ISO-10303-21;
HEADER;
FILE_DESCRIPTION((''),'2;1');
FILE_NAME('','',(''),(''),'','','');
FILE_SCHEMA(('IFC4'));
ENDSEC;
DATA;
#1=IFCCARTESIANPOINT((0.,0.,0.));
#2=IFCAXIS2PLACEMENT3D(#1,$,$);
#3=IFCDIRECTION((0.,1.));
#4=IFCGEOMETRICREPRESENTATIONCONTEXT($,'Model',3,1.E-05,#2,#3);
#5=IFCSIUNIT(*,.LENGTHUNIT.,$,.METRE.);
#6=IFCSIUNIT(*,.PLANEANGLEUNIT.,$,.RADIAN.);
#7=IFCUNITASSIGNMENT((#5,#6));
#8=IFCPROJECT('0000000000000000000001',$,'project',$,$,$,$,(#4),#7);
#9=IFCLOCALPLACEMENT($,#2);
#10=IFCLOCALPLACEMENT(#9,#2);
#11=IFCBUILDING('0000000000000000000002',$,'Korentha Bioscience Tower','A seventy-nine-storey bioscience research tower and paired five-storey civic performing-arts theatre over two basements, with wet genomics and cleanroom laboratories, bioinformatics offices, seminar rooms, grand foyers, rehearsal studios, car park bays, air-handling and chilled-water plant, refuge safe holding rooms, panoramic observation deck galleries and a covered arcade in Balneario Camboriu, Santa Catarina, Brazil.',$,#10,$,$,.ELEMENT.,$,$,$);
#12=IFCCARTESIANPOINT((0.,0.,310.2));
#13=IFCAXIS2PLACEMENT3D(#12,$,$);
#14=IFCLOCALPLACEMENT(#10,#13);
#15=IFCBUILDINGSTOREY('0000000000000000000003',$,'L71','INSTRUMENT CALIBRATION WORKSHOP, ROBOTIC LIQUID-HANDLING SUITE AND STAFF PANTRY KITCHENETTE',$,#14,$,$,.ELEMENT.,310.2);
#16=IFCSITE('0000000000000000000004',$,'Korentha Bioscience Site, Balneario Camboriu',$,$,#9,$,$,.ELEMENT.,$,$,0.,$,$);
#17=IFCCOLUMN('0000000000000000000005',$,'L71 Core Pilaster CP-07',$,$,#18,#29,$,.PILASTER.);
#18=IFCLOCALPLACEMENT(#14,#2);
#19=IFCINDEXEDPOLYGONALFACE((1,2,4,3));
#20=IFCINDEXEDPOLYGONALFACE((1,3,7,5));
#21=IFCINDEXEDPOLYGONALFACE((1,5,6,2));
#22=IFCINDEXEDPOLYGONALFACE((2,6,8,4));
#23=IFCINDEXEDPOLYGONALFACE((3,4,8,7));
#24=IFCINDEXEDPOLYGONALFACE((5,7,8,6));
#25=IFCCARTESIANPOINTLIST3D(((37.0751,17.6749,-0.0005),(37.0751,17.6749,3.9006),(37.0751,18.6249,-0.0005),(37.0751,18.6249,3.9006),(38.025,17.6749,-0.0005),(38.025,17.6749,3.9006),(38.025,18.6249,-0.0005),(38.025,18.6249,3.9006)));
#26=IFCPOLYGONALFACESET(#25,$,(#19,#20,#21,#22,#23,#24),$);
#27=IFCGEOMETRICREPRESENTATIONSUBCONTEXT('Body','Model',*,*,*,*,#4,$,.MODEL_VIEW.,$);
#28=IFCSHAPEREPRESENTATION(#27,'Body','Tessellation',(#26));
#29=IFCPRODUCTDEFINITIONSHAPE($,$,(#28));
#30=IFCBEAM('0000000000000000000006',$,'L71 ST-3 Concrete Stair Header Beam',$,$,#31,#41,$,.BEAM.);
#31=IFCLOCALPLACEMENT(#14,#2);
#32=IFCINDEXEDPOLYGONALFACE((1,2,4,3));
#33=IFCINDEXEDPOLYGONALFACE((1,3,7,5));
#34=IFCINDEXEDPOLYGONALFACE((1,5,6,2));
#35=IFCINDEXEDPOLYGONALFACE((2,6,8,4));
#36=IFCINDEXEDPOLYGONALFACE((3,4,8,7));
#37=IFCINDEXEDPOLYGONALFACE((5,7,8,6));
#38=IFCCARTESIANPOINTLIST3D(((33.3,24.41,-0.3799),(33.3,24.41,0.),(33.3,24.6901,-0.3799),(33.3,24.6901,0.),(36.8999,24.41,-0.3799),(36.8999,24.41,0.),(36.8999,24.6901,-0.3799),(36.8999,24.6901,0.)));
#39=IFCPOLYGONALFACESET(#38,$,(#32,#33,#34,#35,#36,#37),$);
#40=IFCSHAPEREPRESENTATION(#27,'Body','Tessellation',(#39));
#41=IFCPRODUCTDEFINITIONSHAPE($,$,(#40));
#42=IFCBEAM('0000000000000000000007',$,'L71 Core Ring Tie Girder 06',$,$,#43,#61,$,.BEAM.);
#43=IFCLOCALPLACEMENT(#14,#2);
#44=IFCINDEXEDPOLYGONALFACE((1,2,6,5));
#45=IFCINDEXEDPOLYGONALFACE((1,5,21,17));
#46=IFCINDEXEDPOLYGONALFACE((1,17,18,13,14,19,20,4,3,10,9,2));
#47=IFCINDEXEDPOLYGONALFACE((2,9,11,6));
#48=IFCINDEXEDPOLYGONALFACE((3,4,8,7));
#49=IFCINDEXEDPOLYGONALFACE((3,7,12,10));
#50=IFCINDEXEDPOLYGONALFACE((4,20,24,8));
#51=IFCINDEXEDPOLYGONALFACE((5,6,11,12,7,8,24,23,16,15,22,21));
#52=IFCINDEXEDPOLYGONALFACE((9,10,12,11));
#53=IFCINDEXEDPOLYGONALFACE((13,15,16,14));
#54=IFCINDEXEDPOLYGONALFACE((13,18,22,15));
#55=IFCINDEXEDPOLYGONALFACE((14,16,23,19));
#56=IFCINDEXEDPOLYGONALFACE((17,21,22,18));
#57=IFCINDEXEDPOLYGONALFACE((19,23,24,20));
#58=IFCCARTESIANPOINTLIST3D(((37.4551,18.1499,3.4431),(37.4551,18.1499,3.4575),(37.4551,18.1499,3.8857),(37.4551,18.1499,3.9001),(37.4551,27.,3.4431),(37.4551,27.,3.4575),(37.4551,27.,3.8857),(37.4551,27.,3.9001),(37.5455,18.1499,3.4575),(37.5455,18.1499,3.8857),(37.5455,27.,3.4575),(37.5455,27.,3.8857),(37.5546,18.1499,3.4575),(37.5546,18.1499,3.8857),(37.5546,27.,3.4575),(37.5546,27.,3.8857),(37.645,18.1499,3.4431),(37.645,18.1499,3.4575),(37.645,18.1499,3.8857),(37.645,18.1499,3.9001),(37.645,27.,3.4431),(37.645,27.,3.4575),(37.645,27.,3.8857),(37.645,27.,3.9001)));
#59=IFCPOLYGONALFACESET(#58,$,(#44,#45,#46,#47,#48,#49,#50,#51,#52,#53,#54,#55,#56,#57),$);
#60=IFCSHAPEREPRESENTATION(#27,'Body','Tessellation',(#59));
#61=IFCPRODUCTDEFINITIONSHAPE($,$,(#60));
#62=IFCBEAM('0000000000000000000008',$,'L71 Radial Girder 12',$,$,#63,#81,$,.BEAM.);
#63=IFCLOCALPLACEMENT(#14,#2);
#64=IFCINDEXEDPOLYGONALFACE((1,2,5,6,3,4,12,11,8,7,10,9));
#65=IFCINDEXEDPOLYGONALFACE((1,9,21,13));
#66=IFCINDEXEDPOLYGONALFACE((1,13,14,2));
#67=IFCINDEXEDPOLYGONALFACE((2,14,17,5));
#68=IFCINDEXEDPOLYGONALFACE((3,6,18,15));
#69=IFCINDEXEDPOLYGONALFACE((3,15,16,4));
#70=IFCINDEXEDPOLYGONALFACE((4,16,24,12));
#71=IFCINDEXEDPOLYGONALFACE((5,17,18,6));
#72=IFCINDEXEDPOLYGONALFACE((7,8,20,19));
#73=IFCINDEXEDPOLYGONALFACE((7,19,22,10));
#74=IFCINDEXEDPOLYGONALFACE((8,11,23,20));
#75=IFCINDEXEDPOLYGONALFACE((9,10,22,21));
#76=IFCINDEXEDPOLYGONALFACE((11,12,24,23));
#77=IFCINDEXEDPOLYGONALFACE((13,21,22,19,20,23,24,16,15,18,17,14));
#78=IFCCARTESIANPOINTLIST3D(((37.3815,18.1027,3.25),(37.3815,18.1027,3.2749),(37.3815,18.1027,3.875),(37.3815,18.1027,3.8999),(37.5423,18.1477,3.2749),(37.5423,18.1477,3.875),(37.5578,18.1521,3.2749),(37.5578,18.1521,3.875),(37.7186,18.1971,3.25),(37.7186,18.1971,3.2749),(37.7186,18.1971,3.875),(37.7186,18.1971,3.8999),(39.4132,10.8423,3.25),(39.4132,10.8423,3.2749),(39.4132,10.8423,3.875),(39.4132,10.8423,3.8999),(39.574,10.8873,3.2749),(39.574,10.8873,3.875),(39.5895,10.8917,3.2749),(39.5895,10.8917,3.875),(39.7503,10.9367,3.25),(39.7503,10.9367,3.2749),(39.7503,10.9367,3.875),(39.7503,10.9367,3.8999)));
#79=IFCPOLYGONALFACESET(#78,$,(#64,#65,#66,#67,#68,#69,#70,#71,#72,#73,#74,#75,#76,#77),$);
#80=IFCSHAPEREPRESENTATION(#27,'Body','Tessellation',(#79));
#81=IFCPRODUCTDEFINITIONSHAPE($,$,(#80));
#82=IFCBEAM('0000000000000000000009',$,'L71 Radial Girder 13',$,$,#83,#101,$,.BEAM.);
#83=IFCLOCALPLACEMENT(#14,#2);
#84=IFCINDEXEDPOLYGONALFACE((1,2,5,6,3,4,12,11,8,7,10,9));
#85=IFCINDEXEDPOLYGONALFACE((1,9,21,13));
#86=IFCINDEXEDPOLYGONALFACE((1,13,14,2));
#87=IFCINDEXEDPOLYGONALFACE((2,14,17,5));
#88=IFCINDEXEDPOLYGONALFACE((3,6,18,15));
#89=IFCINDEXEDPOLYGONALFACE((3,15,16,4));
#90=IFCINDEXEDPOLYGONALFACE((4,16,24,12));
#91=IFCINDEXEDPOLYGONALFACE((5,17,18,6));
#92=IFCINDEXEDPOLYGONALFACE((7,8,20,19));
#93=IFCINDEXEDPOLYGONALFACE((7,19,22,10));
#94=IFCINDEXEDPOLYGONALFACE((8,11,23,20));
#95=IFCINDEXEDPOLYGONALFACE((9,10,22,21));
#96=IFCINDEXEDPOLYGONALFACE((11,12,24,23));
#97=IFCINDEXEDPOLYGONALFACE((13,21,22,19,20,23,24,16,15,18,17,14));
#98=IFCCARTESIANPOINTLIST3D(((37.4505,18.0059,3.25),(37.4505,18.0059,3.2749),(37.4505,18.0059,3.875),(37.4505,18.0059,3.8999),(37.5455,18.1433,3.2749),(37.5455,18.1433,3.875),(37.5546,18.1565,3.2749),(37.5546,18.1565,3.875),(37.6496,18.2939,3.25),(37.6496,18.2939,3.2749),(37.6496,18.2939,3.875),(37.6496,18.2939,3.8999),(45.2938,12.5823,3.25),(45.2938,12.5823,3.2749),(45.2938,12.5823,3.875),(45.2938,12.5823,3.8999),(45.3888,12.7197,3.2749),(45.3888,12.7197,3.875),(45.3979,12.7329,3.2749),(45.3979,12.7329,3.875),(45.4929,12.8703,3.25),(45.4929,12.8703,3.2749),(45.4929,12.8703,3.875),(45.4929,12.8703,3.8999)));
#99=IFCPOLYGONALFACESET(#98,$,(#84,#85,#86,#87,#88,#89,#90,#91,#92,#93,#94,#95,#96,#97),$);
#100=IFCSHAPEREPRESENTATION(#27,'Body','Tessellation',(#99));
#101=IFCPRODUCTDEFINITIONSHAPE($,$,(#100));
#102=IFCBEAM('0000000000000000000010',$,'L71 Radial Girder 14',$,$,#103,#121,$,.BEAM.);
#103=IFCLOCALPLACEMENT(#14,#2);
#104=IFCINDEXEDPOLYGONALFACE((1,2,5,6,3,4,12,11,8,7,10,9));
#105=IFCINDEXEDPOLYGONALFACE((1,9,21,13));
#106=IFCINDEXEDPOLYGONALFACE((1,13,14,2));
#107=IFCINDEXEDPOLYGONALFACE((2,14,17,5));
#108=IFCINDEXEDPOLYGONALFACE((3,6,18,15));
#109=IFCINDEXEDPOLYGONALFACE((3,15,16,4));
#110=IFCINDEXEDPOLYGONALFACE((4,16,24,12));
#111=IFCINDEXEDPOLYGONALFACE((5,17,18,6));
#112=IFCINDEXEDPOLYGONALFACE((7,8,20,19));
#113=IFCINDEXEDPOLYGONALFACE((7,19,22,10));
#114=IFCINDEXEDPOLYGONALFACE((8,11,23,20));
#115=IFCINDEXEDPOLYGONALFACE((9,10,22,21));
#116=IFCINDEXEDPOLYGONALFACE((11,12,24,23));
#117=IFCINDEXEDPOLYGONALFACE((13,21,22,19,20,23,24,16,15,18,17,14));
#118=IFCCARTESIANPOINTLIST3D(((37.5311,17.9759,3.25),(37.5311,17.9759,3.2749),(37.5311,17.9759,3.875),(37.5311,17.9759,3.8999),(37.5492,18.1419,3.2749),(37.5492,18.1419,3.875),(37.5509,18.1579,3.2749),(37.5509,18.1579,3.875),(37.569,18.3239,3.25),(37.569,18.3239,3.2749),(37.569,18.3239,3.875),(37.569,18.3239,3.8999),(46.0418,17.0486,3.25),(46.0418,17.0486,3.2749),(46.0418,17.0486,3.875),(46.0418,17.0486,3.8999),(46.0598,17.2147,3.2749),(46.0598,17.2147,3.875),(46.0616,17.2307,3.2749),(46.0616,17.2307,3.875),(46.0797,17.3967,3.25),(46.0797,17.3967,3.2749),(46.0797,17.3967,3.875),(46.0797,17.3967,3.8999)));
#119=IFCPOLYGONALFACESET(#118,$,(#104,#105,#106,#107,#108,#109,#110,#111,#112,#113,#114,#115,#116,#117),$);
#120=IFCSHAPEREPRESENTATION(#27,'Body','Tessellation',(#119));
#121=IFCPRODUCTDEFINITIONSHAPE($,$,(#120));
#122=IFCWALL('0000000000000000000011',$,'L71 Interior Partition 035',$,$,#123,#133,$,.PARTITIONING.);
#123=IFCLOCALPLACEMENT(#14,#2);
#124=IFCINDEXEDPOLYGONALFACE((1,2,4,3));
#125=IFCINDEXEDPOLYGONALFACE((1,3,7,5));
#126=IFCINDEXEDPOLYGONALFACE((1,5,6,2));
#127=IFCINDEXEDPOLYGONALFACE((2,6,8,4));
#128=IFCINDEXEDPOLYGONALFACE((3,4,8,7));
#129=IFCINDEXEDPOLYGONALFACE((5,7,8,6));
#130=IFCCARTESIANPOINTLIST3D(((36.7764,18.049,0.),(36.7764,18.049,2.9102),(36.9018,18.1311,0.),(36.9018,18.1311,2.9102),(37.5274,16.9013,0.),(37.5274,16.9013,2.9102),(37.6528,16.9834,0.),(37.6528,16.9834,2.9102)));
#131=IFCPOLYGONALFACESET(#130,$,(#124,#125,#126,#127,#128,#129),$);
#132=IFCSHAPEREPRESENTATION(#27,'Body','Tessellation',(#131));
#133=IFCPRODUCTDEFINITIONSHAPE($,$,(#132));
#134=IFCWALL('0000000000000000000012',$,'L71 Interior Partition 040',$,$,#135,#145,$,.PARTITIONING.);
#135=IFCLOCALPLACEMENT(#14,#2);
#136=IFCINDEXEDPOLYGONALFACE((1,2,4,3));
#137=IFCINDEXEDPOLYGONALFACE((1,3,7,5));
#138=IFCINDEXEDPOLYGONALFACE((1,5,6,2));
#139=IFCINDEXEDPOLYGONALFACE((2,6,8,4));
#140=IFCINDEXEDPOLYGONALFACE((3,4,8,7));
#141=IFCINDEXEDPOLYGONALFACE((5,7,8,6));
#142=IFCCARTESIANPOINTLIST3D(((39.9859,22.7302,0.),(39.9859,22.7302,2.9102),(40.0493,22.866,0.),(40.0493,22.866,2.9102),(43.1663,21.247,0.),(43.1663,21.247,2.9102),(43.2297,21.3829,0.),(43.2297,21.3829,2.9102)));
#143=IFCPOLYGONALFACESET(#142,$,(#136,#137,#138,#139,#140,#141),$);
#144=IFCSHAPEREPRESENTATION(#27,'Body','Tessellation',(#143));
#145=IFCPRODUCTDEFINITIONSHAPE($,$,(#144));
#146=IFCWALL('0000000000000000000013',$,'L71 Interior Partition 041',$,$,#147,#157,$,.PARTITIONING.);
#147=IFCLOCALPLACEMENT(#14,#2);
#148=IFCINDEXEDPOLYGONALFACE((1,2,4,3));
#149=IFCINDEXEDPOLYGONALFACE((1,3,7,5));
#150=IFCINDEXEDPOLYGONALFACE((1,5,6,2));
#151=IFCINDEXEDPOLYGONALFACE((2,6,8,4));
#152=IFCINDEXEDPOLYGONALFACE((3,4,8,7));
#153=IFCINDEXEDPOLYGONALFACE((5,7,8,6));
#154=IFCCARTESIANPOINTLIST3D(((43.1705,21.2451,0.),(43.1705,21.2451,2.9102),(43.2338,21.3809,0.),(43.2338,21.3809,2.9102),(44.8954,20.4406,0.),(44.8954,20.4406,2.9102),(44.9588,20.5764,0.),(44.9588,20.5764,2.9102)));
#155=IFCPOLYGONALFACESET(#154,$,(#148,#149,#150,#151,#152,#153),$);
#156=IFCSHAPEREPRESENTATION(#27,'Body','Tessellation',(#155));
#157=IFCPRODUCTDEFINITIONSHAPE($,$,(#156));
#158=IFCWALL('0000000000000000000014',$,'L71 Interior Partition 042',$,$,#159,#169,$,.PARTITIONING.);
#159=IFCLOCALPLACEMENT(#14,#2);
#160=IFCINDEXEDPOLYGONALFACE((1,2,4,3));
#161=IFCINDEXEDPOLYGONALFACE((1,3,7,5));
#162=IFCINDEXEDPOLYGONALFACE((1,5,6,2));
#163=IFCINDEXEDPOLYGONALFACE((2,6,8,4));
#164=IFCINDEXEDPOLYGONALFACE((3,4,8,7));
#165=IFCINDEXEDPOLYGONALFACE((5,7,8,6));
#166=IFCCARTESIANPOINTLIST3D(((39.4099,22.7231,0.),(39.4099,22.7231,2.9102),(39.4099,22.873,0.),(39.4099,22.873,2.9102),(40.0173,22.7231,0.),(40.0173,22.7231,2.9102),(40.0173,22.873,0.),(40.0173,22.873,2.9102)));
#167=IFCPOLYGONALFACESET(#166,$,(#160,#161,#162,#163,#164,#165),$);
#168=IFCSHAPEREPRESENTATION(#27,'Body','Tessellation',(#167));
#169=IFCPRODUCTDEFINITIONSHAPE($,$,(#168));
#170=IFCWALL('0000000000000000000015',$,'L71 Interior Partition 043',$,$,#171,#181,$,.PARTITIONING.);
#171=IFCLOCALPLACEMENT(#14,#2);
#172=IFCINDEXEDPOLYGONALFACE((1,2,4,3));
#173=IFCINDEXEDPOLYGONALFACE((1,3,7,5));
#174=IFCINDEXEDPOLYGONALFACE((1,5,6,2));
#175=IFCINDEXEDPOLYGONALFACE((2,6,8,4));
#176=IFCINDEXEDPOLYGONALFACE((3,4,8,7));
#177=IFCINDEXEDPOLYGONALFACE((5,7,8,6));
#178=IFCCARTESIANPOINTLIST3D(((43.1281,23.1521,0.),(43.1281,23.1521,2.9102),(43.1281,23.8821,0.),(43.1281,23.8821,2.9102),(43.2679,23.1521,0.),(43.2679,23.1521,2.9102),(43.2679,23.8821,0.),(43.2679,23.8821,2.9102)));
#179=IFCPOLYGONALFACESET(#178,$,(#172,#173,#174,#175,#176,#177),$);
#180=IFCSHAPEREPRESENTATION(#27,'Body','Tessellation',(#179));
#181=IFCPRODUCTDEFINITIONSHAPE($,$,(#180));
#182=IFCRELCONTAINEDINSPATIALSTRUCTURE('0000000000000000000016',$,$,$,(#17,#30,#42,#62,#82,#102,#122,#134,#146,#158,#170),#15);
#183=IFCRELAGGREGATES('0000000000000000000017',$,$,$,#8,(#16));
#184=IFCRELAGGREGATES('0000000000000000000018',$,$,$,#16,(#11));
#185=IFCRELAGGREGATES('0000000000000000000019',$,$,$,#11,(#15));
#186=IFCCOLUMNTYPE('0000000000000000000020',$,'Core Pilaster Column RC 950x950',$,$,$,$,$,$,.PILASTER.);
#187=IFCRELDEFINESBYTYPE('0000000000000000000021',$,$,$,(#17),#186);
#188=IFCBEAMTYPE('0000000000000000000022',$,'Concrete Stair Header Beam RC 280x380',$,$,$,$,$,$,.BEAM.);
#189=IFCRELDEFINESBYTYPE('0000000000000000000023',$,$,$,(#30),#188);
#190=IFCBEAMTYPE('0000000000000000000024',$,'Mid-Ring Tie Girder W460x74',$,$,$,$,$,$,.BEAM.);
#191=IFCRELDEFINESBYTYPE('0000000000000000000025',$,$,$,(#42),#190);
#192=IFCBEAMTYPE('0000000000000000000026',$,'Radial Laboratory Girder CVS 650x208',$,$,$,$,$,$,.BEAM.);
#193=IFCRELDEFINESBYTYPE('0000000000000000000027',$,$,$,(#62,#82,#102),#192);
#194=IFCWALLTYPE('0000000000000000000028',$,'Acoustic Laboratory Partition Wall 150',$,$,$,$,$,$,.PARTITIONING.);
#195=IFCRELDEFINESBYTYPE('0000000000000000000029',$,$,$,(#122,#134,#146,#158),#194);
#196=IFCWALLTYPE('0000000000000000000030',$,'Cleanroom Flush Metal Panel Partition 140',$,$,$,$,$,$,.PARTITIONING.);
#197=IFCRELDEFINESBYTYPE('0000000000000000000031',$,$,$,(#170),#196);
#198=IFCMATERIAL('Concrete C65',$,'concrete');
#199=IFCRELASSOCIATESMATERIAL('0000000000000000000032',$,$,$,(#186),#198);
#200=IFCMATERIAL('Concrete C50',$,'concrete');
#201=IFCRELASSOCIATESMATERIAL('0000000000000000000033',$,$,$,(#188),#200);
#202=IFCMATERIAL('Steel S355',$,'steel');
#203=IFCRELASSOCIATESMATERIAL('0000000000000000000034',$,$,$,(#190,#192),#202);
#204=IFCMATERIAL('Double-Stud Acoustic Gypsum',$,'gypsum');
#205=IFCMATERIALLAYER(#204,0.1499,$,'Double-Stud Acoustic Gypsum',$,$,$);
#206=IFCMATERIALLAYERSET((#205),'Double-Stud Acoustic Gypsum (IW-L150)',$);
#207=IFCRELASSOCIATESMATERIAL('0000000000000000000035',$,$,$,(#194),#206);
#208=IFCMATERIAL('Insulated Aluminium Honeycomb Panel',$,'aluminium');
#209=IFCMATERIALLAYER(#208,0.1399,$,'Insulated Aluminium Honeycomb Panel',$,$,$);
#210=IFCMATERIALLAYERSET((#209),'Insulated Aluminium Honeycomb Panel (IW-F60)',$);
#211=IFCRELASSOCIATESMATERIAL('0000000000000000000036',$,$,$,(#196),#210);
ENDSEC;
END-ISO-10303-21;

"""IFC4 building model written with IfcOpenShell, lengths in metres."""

from ifc_helpers import new_model, si_unit, direction, frame, frame_2d, origin, origin_2d, place, context, subcontext, project, spatial, rectangle, i_section, extrude, material, layer, layer_set, material_profile, profile_set, type_object, element, save


model = new_model("IFC4")

# Units and contexts
model_context = context("Model", 3, precision=1e-05, world=origin(), true_north=direction((0.0, 1.0)))
body_context = subcontext(model_context, "Body", "Model", "MODEL_VIEW")
ifc_project = project(units=[si_unit("LENGTHUNIT", "METRE"), si_unit("PLANEANGLEUNIT", "RADIAN")], contexts=[model_context])

# Site, building, storey
site_placement = place(None, origin())
site = spatial("IfcSite", under=ifc_project, at=site_placement, Name="Korentha Bioscience Site, Balneario Camboriu", CompositionType="ELEMENT", RefElevation=0.0)
building_placement = place(site_placement, origin())
building = spatial("IfcBuilding", under=site, at=building_placement, Name="Korentha Bioscience Tower", Description="A seventy-nine-storey bioscience research tower and paired five-storey civic performing-arts theatre over two basements, with wet genomics and cleanroom laboratories, bioinformatics offices, seminar rooms, grand foyers, rehearsal studios, car park bays, air-handling and chilled-water plant, refuge safe holding rooms, panoramic observation deck galleries and a covered arcade in Balneario Camboriu, Santa Catarina, Brazil.", CompositionType="ELEMENT")
storey_placement = place(building_placement, frame((0.0, 0.0, 310.2)))
storey = spatial("IfcBuildingStorey", under=building, at=storey_placement, Name="L71", Description="INSTRUMENT CALIBRATION WORKSHOP, ROBOTIC LIQUID-HANDLING SUITE AND STAFF PANTRY KITCHENETTE", CompositionType="ELEMENT", Elevation=310.2)

# Column
ifc_material_1 = material(Name="Concrete C65", Category="concrete")
ifc_material_profile_1 = material_profile(ifc_material_1, rectangle(XDim=0.95, YDim=0.95, at=origin_2d()), Name="Concrete C65")
ifc_profile_set_1 = profile_set([ifc_material_profile_1], Name="Concrete C65 (COL-CP09)")
column_type = type_object("IfcColumnType", Name="Core Pilaster Column RC 950x950", PredefinedType="PILASTER", material=ifc_profile_set_1)
column_placement = place(storey_placement, frame((37.55, 18.1499, -0.0005), z_axis=(0.0, 0.0, 1.0), x_axis=(1.0, 0.0, 0.0)))
element("IfcColumn", 1, at=column_placement, inside=storey, type_object=column_type, Name="L71 Core Pilaster CP-07", PredefinedType="PILASTER", context=body_context, shape_type="SweptSolid", body=[
    extrude(rectangle(XDim=0.95, YDim=0.95, at=origin_2d()), origin(), (0.0, 0.0, 1.0), 3.9011),
])

# Beams
ifc_material_2 = material(Name="Concrete C50", Category="concrete")
ifc_material_profile_2 = material_profile(ifc_material_2, rectangle(XDim=0.28, YDim=0.3799, at=origin_2d()), Name="Concrete C50")
ifc_profile_set_2 = profile_set([ifc_material_profile_2], Name="Concrete C50 (ST-HB380)")
beam_type_1 = type_object("IfcBeamType", Name="Concrete Stair Header Beam RC 280x380", PredefinedType="BEAM", material=ifc_profile_set_2)
beam_1_placement = place(storey_placement, frame((36.8999, 24.55, -0.1899), z_axis=(-1.0, 0.0, 0.0), x_axis=(0.0, -1.0, 0.0)))
element("IfcBeam", 2, at=beam_1_placement, inside=storey, type_object=beam_type_1, Name="L71 ST-3 Concrete Stair Header Beam", PredefinedType="BEAM", context=body_context, shape_type="SweptSolid", body=[
    extrude(rectangle(XDim=0.28, YDim=0.3799, at=origin_2d()), origin(), (0.0, 0.0, 1.0), 3.5999),
])
ifc_material_3 = material(Name="Steel S355", Category="steel")
ifc_material_profile_3 = material_profile(ifc_material_3, i_section(OverallWidth=0.1899, OverallDepth=0.457, WebThickness=0.009, FlangeThickness=0.0144, at=origin_2d()), Name="Steel S355")
ifc_profile_set_3 = profile_set([ifc_material_profile_3], Name="Steel S355 (MB-460)")
beam_type_2 = type_object("IfcBeamType", Name="Mid-Ring Tie Girder W460x74", PredefinedType="BEAM", material=ifc_profile_set_3)
beam_2_placement = place(storey_placement, frame((37.55, 18.1499, 3.6716), z_axis=(0.0, 1.0, 0.0), x_axis=(-1.0, 0.0, 0.0)))
element("IfcBeam", 3, at=beam_2_placement, inside=storey, type_object=beam_type_2, Name="L71 Core Ring Tie Girder 06", PredefinedType="BEAM", context=body_context, shape_type="SweptSolid", body=[
    extrude(i_section(OverallWidth=0.1899, OverallDepth=0.457, WebThickness=0.009, FlangeThickness=0.0144, at=origin_2d()), origin(), (0.0, 0.0, 1.0), 8.8501),
])
ifc_material_profile_4 = material_profile(ifc_material_3, i_section(OverallWidth=0.3501, OverallDepth=0.6499, WebThickness=0.0161, FlangeThickness=0.0249, at=origin_2d()), Name="Steel S355")
ifc_profile_set_4 = profile_set([ifc_material_profile_4], Name="Steel S355 (RB-650)")
beam_type_3 = type_object("IfcBeamType", Name="Radial Laboratory Girder CVS 650x208", PredefinedType="BEAM", material=ifc_profile_set_4)
beam_3_placement = place(storey_placement, frame((37.55, 18.1499, 3.575), z_axis=(0.269482, -0.963005, 0.0), x_axis=(0.963005, 0.269482, 0.0)))
element("IfcBeam", 4, at=beam_3_placement, inside=storey, type_object=beam_type_3, Name="L71 Radial Girder 12", PredefinedType="BEAM", context=body_context, shape_type="SweptSolid", body=[
    extrude(i_section(OverallWidth=0.3501, OverallDepth=0.6499, WebThickness=0.0161, FlangeThickness=0.0249, at=origin_2d()), origin(), (0.0, 0.0, 1.0), 7.5393),
])
beam_4_placement = place(storey_placement, frame((37.55, 18.1499, 3.575), z_axis=(0.822505, -0.568759, 0.0), x_axis=(0.568759, 0.822505, 0.0)))
element("IfcBeam", 5, at=beam_4_placement, inside=storey, type_object=beam_type_3, Name="L71 Radial Girder 13", PredefinedType="BEAM", context=body_context, shape_type="SweptSolid", body=[
    extrude(i_section(OverallWidth=0.3501, OverallDepth=0.6499, WebThickness=0.0161, FlangeThickness=0.0249, at=origin_2d()), origin(), (0.0, 0.0, 1.0), 9.5359),
])
beam_5_placement = place(storey_placement, frame((37.55, 18.1499, 3.575), z_axis=(0.994117, -0.108309, 0.0), x_axis=(0.108309, 0.994117, 0.0)))
element("IfcBeam", 6, at=beam_5_placement, inside=storey, type_object=beam_type_3, Name="L71 Radial Girder 14", PredefinedType="BEAM", context=body_context, shape_type="SweptSolid", body=[
    extrude(i_section(OverallWidth=0.3501, OverallDepth=0.6499, WebThickness=0.0161, FlangeThickness=0.0249, at=origin_2d()), origin(), (0.0, 0.0, 1.0), 8.561),
])

# Walls
ifc_material_4 = material(Name="Double-Stud Acoustic Gypsum", Category="gypsum")
ifc_layer_1 = layer(ifc_material_4, 0.1499, Name="Double-Stud Acoustic Gypsum")
ifc_layer_set_1 = layer_set([ifc_layer_1], Name="Double-Stud Acoustic Gypsum (IW-L150)")
wall_type_1 = type_object("IfcWallType", Name="Acoustic Laboratory Partition Wall 150", PredefinedType="PARTITIONING", material=ifc_layer_set_1)
wall_1_placement = place(storey_placement, frame((36.8391, 18.0901, 0.0), z_axis=(0.0, 0.0, 1.0), x_axis=(0.547532, -0.836785, 0.0)))
element("IfcWall", 7, at=wall_1_placement, inside=storey, type_object=wall_type_1, Name="L71 Interior Partition 035", PredefinedType="PARTITIONING", context=body_context, shape_type="SweptSolid", body=[
    extrude(rectangle(XDim=1.3716, YDim=0.1499, at=frame_2d((0.6858, 0.0))), origin(), (0.0, 0.0, 1.0), 2.9102),
])
wall_2_placement = place(storey_placement, frame((40.0176, 22.7981, 0.0), z_axis=(0.0, 0.0, 1.0), x_axis=(0.906297, -0.422642, 0.0)))
element("IfcWall", 8, at=wall_2_placement, inside=storey, type_object=wall_type_1, Name="L71 Interior Partition 040", PredefinedType="PARTITIONING", context=body_context, shape_type="SweptSolid", body=[
    extrude(rectangle(XDim=3.5093, YDim=0.1499, at=frame_2d((1.7546, 0.0))), origin(), (0.0, 0.0, 1.0), 2.9102),
])
wall_3_placement = place(storey_placement, frame((43.2021, 21.313, 0.0), z_axis=(0.0, 0.0, 1.0), x_axis=(0.906281, -0.422675, 0.0)))
element("IfcWall", 9, at=wall_3_placement, inside=storey, type_object=wall_type_1, Name="L71 Interior Partition 041", PredefinedType="PARTITIONING", context=body_context, shape_type="SweptSolid", body=[
    extrude(rectangle(XDim=1.9033, YDim=0.1499, at=frame_2d((0.9517, 0.0))), origin(), (0.0, 0.0, 1.0), 2.9102),
])
wall_4_placement = place(storey_placement, frame((39.4099, 22.7981, 0.0), z_axis=(0.0, 0.0, 1.0), x_axis=(1.0, 0.0, 0.0)))
element("IfcWall", 10, at=wall_4_placement, inside=storey, type_object=wall_type_1, Name="L71 Interior Partition 042", PredefinedType="PARTITIONING", context=body_context, shape_type="SweptSolid", body=[
    extrude(rectangle(XDim=0.6074, YDim=0.1499, at=frame_2d((0.3037, 0.0))), origin(), (0.0, 0.0, 1.0), 2.9102),
])

# Shared definitions
ifc_material_5 = material(Name="Insulated Aluminium Honeycomb Panel", Category="aluminium")
ifc_layer_2 = layer(ifc_material_5, 0.1399, Name="Insulated Aluminium Honeycomb Panel")
ifc_layer_set_2 = layer_set([ifc_layer_2], Name="Insulated Aluminium Honeycomb Panel (IW-F60)")
wall_type_2 = type_object("IfcWallType", Name="Cleanroom Flush Metal Panel Partition 140", PredefinedType="PARTITIONING", material=ifc_layer_set_2)

# Wall
wall_5_placement = place(storey_placement, frame((43.198, 23.8821, 0.0), z_axis=(0.0, 0.0, 1.0), x_axis=(0.0, -1.0, 0.0)))
element("IfcWall", 11, at=wall_5_placement, inside=storey, type_object=wall_type_2, Name="L71 Interior Partition 043", PredefinedType="PARTITIONING", context=body_context, shape_type="SweptSolid", body=[
    extrude(rectangle(XDim=0.73, YDim=0.1399, at=frame_2d((0.365, 0.0))), origin(), (0.0, 0.0, 1.0), 2.9102),
])

save(model, "model.ifc")
